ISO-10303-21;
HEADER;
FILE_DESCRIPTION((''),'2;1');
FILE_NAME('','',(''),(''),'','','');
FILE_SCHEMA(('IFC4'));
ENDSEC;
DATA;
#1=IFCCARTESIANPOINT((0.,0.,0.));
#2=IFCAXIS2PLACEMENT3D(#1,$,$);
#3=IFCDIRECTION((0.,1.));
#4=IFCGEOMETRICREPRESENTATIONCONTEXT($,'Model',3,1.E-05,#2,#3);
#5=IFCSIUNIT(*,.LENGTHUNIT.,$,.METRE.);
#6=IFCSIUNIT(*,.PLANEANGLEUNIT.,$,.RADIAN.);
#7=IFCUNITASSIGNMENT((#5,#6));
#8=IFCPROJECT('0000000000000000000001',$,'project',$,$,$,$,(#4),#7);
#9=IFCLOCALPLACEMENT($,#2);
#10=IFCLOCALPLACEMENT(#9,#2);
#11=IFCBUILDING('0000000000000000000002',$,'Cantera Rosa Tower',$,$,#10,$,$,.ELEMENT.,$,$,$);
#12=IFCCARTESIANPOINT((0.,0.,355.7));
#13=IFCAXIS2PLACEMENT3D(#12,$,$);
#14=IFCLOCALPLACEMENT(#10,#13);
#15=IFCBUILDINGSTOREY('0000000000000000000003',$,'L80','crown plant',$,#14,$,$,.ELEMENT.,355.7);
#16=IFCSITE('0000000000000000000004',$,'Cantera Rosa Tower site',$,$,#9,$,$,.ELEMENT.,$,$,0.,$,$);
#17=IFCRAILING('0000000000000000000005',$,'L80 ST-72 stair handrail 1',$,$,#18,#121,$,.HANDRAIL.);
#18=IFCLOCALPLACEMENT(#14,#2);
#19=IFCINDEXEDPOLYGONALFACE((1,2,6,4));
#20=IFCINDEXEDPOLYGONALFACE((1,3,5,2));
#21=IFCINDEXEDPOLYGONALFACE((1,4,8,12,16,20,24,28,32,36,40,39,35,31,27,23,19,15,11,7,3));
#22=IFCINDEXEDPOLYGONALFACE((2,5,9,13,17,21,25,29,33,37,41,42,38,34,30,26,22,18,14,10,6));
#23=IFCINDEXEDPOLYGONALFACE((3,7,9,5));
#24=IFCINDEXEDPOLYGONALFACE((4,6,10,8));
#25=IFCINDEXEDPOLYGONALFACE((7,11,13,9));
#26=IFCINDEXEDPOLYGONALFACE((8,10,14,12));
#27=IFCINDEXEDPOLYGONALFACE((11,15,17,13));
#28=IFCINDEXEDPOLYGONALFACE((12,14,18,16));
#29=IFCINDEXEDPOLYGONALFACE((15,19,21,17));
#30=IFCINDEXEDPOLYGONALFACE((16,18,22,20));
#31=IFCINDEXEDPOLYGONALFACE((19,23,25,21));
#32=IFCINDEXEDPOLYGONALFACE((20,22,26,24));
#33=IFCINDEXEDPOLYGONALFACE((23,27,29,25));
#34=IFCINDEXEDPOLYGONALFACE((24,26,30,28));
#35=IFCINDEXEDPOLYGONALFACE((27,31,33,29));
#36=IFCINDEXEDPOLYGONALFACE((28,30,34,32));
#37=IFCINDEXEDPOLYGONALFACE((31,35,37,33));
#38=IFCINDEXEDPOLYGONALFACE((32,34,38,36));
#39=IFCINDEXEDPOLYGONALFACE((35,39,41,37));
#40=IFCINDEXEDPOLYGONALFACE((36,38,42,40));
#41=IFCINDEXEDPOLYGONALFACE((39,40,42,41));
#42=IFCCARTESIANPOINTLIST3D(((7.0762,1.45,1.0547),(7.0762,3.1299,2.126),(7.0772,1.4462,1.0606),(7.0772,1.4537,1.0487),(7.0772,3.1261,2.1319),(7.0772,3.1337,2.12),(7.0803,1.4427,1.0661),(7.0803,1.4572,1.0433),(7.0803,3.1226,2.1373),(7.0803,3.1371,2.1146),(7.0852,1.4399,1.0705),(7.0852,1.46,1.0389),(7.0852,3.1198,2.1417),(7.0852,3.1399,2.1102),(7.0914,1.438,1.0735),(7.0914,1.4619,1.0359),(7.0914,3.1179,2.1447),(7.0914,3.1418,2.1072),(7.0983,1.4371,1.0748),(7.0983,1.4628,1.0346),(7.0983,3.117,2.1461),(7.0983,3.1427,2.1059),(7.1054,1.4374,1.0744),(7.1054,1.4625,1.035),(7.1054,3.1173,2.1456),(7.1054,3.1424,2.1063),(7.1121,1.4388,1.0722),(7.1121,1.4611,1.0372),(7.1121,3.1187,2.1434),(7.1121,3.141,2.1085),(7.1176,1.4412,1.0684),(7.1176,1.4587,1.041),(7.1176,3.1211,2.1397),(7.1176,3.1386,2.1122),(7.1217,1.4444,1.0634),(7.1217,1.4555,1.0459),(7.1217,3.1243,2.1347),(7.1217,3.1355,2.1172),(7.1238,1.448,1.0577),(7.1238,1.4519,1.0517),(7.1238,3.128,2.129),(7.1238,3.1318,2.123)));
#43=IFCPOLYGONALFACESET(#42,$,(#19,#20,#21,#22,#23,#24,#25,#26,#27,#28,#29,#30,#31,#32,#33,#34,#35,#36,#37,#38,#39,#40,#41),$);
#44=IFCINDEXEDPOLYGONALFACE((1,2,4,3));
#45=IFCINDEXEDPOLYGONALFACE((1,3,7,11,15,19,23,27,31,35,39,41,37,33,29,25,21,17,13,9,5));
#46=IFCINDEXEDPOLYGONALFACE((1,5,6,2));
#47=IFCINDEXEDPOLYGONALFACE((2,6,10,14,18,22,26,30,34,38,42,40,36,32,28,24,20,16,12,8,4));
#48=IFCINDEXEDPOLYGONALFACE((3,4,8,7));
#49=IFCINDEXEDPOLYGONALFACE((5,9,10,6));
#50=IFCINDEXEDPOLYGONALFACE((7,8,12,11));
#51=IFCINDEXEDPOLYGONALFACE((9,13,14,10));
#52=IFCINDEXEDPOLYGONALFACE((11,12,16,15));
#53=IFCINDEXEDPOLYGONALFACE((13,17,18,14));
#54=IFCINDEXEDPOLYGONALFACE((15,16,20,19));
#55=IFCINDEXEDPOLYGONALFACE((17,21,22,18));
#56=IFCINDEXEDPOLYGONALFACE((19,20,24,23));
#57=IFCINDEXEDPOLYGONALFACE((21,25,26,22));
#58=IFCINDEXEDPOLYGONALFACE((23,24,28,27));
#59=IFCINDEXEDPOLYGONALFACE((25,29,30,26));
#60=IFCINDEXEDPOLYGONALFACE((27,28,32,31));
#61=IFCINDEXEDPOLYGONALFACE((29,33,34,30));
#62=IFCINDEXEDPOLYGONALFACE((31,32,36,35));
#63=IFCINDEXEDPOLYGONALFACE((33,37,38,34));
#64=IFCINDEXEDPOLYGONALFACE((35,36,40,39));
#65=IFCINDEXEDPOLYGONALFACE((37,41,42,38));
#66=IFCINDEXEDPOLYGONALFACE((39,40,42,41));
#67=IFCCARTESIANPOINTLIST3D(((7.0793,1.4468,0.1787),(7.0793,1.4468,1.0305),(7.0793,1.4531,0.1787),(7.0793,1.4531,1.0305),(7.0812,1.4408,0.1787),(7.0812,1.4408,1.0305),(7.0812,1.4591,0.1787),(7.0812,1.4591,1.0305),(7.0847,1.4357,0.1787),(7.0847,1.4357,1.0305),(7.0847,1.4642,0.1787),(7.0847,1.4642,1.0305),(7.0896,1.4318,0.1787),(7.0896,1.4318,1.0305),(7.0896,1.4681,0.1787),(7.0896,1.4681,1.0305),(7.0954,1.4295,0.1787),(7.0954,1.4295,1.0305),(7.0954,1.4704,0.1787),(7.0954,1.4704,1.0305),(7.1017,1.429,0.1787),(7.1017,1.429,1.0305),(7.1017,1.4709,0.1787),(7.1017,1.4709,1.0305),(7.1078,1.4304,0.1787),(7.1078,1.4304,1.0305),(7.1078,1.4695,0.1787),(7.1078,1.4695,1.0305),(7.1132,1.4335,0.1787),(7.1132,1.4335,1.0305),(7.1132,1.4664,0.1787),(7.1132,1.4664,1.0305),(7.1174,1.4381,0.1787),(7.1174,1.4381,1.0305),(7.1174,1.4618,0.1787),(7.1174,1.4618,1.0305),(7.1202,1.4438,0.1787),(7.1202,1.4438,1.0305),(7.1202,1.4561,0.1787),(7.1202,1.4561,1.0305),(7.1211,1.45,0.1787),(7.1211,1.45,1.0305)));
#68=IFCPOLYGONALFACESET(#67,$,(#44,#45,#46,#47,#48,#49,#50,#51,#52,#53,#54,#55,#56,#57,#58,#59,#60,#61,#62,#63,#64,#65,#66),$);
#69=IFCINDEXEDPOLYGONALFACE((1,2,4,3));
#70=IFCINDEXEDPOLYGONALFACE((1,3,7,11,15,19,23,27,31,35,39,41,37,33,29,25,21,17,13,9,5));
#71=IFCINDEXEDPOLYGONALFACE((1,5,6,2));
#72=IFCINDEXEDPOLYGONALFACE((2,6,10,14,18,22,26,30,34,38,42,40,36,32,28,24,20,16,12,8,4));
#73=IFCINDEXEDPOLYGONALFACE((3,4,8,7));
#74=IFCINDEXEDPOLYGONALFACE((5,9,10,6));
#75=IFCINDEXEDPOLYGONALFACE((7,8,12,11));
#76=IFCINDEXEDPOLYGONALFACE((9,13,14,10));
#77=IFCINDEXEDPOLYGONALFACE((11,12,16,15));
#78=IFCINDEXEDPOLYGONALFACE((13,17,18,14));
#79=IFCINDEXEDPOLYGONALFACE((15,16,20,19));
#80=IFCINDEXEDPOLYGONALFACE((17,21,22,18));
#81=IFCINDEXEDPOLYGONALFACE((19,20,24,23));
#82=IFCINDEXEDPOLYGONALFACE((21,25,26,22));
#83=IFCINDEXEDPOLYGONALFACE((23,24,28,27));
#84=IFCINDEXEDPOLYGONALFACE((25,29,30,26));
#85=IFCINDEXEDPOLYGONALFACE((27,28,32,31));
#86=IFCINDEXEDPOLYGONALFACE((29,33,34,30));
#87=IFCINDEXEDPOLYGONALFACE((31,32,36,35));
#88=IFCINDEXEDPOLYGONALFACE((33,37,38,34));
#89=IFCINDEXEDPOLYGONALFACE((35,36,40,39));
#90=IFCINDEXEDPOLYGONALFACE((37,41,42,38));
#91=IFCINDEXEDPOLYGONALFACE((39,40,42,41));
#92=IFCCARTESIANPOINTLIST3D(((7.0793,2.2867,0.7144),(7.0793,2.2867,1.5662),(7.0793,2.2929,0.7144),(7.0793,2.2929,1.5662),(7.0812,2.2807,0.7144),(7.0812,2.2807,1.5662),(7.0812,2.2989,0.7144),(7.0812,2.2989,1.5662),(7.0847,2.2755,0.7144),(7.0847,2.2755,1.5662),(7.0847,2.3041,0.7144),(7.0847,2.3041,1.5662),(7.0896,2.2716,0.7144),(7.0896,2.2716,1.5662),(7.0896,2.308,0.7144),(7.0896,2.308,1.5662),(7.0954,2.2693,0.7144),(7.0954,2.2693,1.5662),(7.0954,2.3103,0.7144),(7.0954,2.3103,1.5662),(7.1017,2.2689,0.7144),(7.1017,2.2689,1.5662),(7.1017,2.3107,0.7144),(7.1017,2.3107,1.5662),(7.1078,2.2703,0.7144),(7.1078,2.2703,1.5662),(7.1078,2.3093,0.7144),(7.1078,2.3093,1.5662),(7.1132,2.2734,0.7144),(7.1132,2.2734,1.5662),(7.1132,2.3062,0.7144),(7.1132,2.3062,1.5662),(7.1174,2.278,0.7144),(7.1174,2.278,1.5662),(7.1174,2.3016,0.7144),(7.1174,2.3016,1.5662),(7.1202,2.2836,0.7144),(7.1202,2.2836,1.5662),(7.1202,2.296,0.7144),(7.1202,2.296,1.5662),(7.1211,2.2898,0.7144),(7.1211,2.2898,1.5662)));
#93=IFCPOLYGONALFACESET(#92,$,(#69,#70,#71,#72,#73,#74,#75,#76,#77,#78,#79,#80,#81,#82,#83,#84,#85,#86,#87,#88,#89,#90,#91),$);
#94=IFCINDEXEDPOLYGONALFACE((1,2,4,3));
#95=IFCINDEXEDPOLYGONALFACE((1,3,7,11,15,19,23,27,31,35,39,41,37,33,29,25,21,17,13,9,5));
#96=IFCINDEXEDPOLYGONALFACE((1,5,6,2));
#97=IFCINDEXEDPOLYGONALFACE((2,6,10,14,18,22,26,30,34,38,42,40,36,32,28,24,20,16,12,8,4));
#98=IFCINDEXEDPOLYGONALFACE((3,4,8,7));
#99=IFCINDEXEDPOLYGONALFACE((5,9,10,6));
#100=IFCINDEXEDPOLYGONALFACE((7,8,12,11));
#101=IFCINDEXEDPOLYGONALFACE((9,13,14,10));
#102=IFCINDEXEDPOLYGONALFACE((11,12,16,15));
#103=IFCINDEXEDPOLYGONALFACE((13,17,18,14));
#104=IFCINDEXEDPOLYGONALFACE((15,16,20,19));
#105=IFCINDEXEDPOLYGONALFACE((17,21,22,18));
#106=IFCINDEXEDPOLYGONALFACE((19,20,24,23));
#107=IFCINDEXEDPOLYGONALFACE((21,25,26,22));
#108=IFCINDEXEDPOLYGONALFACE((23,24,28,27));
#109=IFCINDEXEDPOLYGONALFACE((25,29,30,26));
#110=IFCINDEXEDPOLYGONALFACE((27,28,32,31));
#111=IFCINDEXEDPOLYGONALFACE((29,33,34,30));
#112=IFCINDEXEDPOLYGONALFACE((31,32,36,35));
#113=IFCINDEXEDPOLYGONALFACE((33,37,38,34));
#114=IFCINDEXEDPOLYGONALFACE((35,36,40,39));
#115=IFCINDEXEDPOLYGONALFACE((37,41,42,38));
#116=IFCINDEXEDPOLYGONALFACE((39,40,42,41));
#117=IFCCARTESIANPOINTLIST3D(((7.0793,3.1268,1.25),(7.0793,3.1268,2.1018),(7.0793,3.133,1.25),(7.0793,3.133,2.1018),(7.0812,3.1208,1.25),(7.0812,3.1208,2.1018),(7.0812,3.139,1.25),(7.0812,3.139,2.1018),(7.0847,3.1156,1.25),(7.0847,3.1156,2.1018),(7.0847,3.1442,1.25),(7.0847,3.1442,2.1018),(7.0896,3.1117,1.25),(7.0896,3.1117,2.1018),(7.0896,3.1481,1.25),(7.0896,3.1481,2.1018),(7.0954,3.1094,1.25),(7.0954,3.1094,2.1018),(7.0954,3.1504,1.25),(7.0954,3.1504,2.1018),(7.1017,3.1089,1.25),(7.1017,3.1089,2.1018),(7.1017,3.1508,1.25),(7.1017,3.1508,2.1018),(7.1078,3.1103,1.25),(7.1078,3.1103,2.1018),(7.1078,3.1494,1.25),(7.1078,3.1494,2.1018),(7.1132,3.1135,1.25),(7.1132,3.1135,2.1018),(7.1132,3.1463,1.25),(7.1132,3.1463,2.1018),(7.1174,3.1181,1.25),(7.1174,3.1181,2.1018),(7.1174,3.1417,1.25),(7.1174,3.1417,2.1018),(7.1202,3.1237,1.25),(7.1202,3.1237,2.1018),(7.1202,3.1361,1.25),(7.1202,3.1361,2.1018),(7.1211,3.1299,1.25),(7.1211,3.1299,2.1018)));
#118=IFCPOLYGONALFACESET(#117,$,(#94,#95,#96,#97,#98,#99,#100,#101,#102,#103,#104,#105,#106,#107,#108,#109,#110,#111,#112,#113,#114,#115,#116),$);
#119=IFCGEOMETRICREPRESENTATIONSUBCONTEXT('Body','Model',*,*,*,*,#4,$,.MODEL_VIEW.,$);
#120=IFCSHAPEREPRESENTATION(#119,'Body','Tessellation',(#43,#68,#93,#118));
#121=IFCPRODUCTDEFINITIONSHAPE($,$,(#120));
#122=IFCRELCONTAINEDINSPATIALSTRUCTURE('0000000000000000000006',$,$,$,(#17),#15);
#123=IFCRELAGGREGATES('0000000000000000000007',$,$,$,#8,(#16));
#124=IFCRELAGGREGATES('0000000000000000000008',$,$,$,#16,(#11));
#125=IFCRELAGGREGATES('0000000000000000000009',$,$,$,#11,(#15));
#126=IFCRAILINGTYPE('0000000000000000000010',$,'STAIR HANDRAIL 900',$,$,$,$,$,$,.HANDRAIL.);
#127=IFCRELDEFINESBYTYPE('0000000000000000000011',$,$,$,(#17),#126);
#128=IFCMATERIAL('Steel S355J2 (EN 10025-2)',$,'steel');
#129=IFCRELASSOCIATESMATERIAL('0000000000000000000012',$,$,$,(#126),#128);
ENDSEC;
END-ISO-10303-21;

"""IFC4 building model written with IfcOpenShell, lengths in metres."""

from ifc_helpers import new_model, si_unit, direction, frame, origin, origin_2d, place, context, subcontext, project, spatial, circle, extrude, material, type_object, element, save


model = new_model("IFC4")

# Units and contexts
model_context = context("Model", 3, precision=1e-05, world=origin(), true_north=direction((0.0, 1.0)))
body_context = subcontext(model_context, "Body", "Model", "MODEL_VIEW")
ifc_project = project(units=[si_unit("LENGTHUNIT", "METRE"), si_unit("PLANEANGLEUNIT", "RADIAN")], contexts=[model_context])

# Site, building, storey
site_placement = place(None, origin())
site = spatial("IfcSite", under=ifc_project, at=site_placement, Name="Cantera Rosa Tower site", CompositionType="ELEMENT", RefElevation=0.0)
building_placement = place(site_placement, origin())
building = spatial("IfcBuilding", under=site, at=building_placement, Name="Cantera Rosa Tower", CompositionType="ELEMENT")
storey_placement = place(building_placement, frame((0.0, 0.0, 355.7)))
storey = spatial("IfcBuildingStorey", under=building, at=storey_placement, Name="L80", Description="crown plant", CompositionType="ELEMENT", Elevation=355.7)

# Railing
ifc_material_1 = material(Name="Steel S355J2 (EN 10025-2)", Category="steel")
railing_type_1 = type_object("IfcRailingType", Name="STAIR HANDRAIL 900", PredefinedType="HANDRAIL", material=ifc_material_1)
railing_1_placement = place(storey_placement, frame((7.1001, 1.45, 0.1787)))
element("IfcRailing", 1, at=railing_1_placement, inside=storey, type_object=railing_type_1, Name="L80 ST-72 stair handrail 1", PredefinedType="HANDRAIL", context=body_context, shape_type="SweptSolid", body=[
    extrude(circle(Radius=0.0239, at=origin_2d()), frame((0.0, 0.0, 0.876), z_axis=(0.0, 0.843152, 0.537676), x_axis=(-1.0, 0.0, 0.0)), (0.0, 0.0, 1.0), 1.9924),
    extrude(circle(Radius=0.021, at=origin_2d()), origin(), (0.0, 0.0, 1.0), 0.8518),
    extrude(circle(Radius=0.021, at=origin_2d()), frame((0.0, 0.8398, 0.5356)), (0.0, 0.0, 1.0), 0.8518),
    extrude(circle(Radius=0.021, at=origin_2d()), frame((0.0, 1.6799, 1.0713)), (0.0, 0.0, 1.0), 0.8518),
])

save(model, "model.ifc")
